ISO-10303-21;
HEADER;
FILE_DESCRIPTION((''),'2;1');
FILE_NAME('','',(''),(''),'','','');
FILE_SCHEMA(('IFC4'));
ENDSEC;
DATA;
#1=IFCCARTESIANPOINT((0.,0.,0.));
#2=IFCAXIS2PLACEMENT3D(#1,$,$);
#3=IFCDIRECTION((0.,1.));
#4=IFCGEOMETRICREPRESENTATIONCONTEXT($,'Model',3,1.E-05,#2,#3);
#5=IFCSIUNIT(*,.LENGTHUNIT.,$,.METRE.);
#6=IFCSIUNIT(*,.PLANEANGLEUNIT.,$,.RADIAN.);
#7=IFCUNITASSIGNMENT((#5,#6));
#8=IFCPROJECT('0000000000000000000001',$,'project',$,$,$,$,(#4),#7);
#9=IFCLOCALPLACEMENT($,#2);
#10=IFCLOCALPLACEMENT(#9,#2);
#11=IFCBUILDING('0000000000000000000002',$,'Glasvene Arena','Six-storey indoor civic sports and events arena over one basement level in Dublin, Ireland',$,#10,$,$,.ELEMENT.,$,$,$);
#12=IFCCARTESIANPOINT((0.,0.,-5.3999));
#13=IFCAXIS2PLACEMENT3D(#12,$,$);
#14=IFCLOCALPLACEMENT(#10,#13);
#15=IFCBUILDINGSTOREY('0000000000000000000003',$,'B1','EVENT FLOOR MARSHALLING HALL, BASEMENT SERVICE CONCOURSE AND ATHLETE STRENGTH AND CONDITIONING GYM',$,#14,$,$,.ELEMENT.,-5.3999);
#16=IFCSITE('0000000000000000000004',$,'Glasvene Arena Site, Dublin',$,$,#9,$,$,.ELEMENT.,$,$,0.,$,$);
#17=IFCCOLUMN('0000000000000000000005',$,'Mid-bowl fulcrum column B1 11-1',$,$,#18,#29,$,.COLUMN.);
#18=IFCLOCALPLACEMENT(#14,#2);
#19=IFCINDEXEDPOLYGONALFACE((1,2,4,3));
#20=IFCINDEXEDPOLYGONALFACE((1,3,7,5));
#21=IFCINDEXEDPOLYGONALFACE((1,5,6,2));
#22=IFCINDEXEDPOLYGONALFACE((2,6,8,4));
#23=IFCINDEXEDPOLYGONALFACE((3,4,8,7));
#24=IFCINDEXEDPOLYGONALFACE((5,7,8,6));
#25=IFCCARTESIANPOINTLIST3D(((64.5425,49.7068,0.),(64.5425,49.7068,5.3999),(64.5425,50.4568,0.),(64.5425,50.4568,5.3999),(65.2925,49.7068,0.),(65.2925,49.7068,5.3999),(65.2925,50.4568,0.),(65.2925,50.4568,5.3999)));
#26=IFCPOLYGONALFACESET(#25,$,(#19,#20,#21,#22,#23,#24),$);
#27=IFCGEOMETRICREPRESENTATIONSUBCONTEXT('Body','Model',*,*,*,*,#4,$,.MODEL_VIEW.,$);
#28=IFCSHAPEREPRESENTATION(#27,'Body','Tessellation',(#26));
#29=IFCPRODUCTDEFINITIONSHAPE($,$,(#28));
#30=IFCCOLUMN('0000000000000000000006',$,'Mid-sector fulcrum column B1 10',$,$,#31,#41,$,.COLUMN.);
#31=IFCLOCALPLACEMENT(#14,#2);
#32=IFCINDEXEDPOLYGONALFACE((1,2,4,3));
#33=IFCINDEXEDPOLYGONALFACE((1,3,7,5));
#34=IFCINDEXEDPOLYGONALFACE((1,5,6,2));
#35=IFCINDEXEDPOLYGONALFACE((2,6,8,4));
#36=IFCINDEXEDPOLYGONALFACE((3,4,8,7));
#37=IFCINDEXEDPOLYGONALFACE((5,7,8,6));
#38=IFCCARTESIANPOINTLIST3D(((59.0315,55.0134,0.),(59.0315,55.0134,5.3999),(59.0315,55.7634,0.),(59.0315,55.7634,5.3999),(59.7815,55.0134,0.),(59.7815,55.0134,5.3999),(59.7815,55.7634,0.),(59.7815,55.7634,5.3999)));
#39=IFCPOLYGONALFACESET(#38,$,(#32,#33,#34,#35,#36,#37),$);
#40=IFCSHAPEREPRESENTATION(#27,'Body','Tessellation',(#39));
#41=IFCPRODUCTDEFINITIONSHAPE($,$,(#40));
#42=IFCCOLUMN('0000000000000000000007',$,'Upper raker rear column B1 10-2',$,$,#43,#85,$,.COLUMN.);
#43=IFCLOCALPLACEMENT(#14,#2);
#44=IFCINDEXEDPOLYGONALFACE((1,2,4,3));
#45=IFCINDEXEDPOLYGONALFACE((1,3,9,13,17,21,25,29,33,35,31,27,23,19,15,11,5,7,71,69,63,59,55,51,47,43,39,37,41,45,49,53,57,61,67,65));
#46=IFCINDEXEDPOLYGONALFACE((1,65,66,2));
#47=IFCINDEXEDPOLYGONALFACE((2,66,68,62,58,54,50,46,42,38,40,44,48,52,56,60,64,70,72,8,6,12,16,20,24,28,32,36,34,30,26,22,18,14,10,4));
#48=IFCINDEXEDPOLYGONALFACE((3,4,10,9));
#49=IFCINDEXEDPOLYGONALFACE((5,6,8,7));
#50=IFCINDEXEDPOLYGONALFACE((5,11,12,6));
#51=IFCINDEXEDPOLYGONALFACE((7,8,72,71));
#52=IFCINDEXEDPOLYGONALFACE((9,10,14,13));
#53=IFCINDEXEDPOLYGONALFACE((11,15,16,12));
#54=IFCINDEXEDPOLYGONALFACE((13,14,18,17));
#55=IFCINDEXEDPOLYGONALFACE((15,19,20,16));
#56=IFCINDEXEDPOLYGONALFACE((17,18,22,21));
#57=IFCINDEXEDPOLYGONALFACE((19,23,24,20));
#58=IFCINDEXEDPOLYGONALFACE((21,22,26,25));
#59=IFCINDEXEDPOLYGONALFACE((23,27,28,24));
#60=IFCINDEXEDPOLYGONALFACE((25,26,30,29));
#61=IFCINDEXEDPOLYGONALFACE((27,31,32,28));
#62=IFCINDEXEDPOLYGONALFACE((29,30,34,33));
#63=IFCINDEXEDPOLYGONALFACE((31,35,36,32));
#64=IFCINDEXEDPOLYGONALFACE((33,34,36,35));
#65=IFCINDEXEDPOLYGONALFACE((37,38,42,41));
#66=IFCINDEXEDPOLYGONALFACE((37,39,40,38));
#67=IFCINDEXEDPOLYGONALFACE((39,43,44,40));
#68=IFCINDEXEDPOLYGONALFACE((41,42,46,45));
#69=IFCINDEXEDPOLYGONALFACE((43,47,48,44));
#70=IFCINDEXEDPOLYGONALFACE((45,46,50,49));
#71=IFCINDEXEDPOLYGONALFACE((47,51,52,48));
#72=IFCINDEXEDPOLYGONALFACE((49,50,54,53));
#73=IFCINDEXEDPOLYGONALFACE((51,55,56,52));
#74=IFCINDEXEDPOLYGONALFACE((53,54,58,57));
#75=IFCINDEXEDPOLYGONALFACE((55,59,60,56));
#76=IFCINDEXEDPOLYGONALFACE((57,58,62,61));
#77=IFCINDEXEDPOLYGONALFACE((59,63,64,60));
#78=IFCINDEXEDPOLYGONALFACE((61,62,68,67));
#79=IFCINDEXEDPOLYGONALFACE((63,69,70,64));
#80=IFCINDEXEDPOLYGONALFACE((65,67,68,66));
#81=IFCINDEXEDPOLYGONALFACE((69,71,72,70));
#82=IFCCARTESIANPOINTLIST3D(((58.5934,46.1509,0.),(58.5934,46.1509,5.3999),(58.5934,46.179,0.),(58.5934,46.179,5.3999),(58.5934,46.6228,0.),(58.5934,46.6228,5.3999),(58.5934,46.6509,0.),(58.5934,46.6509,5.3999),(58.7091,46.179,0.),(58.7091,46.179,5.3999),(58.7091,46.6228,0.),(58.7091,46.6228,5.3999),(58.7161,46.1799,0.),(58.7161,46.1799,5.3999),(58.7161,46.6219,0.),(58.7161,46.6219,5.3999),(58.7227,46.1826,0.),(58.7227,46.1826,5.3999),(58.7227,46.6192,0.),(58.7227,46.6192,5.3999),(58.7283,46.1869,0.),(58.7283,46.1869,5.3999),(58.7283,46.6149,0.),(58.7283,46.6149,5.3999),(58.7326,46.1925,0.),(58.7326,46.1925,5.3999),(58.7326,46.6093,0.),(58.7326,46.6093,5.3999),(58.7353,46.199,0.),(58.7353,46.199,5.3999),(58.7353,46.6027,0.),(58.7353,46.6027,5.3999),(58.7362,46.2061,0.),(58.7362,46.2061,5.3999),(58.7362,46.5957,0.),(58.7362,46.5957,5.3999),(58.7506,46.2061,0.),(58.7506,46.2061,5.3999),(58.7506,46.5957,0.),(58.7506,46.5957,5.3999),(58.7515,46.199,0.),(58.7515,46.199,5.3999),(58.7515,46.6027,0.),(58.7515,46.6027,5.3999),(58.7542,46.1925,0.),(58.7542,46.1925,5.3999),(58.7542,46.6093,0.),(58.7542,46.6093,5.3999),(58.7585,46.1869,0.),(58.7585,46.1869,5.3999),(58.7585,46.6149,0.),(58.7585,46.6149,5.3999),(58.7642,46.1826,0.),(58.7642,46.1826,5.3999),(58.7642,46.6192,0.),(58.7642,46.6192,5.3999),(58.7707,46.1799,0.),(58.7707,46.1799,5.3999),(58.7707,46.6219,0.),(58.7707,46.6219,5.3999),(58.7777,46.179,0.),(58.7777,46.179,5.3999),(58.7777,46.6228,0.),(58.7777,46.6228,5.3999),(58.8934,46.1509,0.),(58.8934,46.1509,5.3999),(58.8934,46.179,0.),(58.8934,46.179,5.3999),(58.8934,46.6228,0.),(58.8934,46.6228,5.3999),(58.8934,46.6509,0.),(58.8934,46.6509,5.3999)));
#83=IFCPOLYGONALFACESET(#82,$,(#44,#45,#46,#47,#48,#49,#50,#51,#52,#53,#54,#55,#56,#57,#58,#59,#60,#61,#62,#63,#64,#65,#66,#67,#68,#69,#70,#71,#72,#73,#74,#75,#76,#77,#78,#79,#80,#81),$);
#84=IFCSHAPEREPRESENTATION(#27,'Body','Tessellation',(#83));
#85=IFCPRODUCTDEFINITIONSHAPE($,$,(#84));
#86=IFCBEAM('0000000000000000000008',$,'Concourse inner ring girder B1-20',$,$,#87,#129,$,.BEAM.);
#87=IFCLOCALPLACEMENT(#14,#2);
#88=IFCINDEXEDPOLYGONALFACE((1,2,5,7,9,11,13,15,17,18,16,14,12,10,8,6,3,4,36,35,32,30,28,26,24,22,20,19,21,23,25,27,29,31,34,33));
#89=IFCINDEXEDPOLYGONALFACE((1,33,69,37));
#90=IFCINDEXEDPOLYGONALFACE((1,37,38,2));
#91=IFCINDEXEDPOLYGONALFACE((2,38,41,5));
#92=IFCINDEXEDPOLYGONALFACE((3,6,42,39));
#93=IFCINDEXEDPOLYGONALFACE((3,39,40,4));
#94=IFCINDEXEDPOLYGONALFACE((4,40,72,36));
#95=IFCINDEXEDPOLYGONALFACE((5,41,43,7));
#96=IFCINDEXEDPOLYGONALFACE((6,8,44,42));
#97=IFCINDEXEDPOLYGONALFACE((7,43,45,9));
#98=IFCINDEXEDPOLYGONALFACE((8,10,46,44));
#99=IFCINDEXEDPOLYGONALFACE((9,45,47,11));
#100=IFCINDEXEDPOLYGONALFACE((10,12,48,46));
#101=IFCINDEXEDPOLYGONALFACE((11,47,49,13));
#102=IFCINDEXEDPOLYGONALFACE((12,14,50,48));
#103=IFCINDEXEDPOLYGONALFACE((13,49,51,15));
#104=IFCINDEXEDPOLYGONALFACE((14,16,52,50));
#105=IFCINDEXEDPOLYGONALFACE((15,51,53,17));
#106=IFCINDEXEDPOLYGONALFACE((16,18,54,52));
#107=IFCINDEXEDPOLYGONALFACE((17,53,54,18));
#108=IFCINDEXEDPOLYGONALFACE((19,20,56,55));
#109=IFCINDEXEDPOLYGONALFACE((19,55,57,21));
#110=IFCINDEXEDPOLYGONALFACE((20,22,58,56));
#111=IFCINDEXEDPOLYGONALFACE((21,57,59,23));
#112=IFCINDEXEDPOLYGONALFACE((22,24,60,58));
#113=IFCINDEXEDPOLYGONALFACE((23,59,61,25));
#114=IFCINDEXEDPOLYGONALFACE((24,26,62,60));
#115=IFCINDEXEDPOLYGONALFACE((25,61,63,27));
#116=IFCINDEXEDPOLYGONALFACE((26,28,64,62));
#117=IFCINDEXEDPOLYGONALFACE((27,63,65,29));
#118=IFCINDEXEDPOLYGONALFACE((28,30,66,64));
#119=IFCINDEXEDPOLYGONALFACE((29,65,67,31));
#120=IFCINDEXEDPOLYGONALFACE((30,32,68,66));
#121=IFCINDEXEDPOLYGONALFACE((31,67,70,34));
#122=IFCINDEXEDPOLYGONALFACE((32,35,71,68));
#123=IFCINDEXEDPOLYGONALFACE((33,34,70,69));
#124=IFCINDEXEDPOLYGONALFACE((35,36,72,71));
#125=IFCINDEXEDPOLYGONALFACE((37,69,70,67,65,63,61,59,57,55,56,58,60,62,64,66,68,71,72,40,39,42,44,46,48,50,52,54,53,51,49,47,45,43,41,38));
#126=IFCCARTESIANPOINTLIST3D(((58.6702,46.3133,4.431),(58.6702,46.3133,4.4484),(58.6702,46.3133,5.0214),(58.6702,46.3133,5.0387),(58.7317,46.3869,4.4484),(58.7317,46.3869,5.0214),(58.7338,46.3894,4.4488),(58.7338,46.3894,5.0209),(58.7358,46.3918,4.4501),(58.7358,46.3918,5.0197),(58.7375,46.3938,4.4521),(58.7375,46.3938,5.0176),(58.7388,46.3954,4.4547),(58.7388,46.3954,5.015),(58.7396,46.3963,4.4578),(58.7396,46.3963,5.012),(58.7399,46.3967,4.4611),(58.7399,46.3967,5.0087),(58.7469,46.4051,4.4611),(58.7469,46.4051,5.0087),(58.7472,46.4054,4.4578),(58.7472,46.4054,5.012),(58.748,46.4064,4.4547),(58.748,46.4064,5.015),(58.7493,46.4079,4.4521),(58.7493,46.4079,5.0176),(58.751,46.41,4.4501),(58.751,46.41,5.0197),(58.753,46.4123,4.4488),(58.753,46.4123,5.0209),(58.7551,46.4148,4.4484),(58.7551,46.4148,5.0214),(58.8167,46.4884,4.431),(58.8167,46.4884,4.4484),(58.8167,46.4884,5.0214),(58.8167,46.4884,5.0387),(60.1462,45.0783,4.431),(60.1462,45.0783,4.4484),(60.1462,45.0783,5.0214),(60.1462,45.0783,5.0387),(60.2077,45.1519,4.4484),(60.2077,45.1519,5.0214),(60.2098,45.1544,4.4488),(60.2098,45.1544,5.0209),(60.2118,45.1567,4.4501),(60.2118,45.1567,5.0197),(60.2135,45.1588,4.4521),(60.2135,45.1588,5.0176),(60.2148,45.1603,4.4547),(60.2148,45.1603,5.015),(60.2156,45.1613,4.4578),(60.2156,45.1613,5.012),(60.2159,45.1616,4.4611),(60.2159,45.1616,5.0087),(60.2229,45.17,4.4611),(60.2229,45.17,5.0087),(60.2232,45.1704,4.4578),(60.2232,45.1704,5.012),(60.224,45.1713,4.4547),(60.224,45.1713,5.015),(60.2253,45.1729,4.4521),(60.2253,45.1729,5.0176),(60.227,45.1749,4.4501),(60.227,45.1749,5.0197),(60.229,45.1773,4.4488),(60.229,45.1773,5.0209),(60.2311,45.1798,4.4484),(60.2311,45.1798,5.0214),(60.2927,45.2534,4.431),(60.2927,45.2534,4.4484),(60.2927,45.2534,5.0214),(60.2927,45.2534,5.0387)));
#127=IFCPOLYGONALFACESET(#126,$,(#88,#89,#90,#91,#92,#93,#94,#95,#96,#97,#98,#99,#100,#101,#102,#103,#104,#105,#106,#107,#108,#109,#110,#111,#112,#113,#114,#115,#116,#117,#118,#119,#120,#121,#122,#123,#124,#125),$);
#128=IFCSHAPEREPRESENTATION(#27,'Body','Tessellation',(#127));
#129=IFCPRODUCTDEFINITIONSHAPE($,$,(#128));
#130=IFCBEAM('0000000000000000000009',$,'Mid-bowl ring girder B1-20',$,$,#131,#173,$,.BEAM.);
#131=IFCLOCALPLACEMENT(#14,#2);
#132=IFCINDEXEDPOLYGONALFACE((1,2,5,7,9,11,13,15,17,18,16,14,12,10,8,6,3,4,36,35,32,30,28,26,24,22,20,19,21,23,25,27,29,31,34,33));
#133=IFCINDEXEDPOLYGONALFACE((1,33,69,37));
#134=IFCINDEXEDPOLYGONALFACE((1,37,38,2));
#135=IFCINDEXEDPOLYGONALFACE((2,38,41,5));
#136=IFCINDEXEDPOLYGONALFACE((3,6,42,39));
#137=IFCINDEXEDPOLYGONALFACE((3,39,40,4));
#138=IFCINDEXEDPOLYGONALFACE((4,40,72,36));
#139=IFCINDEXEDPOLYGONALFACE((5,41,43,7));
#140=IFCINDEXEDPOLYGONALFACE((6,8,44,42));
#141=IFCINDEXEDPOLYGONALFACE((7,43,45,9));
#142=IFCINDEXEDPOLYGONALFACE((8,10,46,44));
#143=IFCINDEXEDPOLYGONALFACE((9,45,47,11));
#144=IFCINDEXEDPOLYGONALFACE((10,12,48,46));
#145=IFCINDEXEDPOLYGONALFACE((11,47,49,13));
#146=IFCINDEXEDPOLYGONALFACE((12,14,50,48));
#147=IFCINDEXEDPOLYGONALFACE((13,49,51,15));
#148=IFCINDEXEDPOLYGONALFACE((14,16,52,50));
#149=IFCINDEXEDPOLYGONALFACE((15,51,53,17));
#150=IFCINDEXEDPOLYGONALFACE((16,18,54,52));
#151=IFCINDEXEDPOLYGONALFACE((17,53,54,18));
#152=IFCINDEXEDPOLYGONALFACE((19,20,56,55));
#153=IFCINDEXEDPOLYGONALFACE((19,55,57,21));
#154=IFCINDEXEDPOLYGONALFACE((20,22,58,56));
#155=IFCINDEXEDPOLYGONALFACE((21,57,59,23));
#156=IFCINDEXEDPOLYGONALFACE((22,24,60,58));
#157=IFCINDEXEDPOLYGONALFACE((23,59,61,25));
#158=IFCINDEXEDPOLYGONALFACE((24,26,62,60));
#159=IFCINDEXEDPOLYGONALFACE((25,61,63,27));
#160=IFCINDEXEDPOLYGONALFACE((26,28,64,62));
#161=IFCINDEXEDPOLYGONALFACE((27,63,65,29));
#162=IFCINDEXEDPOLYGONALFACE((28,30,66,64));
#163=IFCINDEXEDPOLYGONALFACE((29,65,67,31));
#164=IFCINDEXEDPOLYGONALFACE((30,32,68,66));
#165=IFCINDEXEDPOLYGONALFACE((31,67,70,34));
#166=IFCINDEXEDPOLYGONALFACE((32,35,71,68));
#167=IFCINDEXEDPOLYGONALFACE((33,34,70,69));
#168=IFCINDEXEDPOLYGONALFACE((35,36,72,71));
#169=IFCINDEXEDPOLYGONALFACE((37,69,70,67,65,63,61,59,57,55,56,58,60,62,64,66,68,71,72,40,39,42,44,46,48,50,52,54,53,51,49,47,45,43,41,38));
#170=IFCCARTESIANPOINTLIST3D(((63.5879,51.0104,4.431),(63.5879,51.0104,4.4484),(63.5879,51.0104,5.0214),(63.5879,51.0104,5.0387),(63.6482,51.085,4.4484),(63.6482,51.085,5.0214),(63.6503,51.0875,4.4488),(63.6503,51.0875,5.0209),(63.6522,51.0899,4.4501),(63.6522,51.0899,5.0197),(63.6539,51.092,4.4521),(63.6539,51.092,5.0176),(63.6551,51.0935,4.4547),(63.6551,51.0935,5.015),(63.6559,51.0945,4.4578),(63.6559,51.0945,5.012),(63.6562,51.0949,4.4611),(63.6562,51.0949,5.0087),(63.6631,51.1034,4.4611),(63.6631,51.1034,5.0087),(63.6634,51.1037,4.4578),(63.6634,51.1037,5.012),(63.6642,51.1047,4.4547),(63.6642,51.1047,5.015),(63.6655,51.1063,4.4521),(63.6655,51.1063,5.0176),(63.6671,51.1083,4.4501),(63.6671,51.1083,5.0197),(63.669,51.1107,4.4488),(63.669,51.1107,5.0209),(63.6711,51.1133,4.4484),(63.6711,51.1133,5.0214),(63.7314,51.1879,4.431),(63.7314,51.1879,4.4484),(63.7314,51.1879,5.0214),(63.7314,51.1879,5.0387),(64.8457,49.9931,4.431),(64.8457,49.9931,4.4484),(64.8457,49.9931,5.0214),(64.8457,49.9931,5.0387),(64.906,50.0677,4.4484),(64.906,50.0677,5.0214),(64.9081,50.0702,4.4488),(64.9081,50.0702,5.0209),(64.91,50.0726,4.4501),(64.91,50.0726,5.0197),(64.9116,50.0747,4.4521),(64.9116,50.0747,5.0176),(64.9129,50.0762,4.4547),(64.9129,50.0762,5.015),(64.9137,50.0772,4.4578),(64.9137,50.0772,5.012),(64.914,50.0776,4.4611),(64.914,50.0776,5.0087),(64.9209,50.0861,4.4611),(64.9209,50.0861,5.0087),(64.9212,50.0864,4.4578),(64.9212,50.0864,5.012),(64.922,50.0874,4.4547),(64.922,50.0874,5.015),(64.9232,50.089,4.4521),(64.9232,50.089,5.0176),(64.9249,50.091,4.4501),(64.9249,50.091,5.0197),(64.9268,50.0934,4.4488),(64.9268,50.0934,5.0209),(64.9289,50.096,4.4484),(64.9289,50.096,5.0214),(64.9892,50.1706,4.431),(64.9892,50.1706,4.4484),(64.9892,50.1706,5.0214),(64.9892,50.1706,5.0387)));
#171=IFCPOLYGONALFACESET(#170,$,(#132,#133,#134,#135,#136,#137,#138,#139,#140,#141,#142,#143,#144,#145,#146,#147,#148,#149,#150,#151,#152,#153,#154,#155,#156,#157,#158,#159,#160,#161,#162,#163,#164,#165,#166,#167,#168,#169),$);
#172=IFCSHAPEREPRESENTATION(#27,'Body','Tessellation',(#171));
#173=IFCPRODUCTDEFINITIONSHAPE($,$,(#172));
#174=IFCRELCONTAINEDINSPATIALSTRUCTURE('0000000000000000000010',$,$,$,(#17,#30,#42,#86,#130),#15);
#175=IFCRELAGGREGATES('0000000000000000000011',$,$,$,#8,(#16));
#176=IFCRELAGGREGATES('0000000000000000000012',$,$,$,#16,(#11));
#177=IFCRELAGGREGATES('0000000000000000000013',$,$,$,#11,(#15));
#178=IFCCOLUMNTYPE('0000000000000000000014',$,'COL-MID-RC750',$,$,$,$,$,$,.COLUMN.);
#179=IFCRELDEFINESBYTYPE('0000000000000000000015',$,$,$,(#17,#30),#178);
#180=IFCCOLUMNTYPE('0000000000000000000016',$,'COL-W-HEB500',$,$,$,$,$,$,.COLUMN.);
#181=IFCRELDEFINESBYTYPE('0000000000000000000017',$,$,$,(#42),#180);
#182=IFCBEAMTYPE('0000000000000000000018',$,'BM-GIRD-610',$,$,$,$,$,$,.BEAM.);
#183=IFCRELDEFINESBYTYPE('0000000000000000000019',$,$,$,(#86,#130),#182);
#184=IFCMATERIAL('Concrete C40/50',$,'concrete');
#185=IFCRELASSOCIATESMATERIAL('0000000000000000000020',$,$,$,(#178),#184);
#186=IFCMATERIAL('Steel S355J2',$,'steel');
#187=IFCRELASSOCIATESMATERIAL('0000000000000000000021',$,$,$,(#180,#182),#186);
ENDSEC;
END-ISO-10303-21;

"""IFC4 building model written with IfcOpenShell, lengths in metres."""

from ifc_helpers import new_model, si_unit, direction, frame, origin, origin_2d, place, context, subcontext, project, spatial, rectangle, i_section, extrude, material, material_profile, profile_set, type_object, element, save


model = new_model("IFC4")

# Units and contexts
model_context = context("Model", 3, precision=1e-05, world=origin(), true_north=direction((0.0, 1.0)))
body_context = subcontext(model_context, "Body", "Model", "MODEL_VIEW")
ifc_project = project(units=[si_unit("LENGTHUNIT", "METRE"), si_unit("PLANEANGLEUNIT", "RADIAN")], contexts=[model_context])

# Site, building, storey
site_placement = place(None, origin())
site = spatial("IfcSite", under=ifc_project, at=site_placement, Name="Glasvene Arena Site, Dublin", CompositionType="ELEMENT", RefElevation=0.0)
building_placement = place(site_placement, origin())
building = spatial("IfcBuilding", under=site, at=building_placement, Name="Glasvene Arena", Description="Six-storey indoor civic sports and events arena over one basement level in Dublin, Ireland", CompositionType="ELEMENT")
storey_placement = place(building_placement, frame((0.0, 0.0, -5.3999)))
storey = spatial("IfcBuildingStorey", under=building, at=storey_placement, Name="B1", Description="EVENT FLOOR MARSHALLING HALL, BASEMENT SERVICE CONCOURSE AND ATHLETE STRENGTH AND CONDITIONING GYM", CompositionType="ELEMENT", Elevation=-5.3999)

# Shared definitions
ifc_material_1 = material(Name="Concrete C40/50", Category="concrete")

# Columns
ifc_material_profile_1 = material_profile(ifc_material_1, rectangle(XDim=0.75, YDim=0.75, at=origin_2d()), Name="RC 750x750")
ifc_profile_set_1 = profile_set([ifc_material_profile_1], Name="Concrete C40/50")
column_type_1 = type_object("IfcColumnType", Name="COL-MID-RC750", PredefinedType="COLUMN", material=ifc_profile_set_1)
for number, where, z_axis, x_axis, name in (
    (1, (64.9175, 50.0818, 0.0), (0.0, 0.0, 1.0), (1.0, 0.0, 0.0), "Mid-bowl fulcrum column B1 11-1"),
    (2, (59.4065, 55.3884, 0.0), (0.0, 0.0, 1.0), (1.0, 0.0, 0.0), "Mid-sector fulcrum column B1 10"),
):
    element("IfcColumn", number, at=place(storey_placement, frame(where, z_axis=z_axis, x_axis=x_axis)), inside=storey, type_object=column_type_1, Name=name, PredefinedType="COLUMN", context=body_context, shape_type="SweptSolid", body=[
        extrude(rectangle(XDim=0.75, YDim=0.75, at=origin_2d()), origin(), (0.0, 0.0, 1.0), 5.3999),
    ])
ifc_material_2 = material(Name="Steel S355J2", Category="steel")
ifc_material_profile_2 = material_profile(ifc_material_2, i_section(OverallWidth=0.3, OverallDepth=0.5, WebThickness=0.0144, FlangeThickness=0.0281, FilletRadius=0.0271, at=origin_2d()), Name="HEB 500")
ifc_profile_set_2 = profile_set([ifc_material_profile_2], Name="Steel S355J2")
column_type_2 = type_object("IfcColumnType", Name="COL-W-HEB500", PredefinedType="COLUMN", material=ifc_profile_set_2)
column_placement = place(storey_placement, frame((58.7434, 46.4009, 0.0), z_axis=(0.0, 0.0, 1.0), x_axis=(1.0, 0.0, 0.0)))
element("IfcColumn", 3, at=column_placement, inside=storey, type_object=column_type_2, Name="Upper raker rear column B1 10-2", PredefinedType="COLUMN", context=body_context, shape_type="SweptSolid", body=[
    extrude(i_section(OverallWidth=0.3, OverallDepth=0.5, WebThickness=0.0144, FlangeThickness=0.0281, FilletRadius=0.0271, at=origin_2d()), origin(), (0.0, 0.0, 1.0), 5.3999),
])

# Beams
ifc_material_profile_3 = material_profile(ifc_material_2, i_section(OverallWidth=0.2283, OverallDepth=0.6077, WebThickness=0.011, FlangeThickness=0.0173, FilletRadius=0.0127, at=origin_2d()), Name="UKB 610x229x113")
ifc_profile_set_3 = profile_set([ifc_material_profile_3], Name="Steel S355J2")
beam_type_1 = type_object("IfcBeamType", Name="BM-GIRD-610", PredefinedType="BEAM", material=ifc_profile_set_3)
beam_1_placement = place(storey_placement, frame((58.7434, 46.4009, 4.7349), z_axis=(0.76693, -0.64173, 0.0), x_axis=(0.64173, 0.76693, 0.0)))
element("IfcBeam", 4, at=beam_1_placement, inside=storey, type_object=beam_type_1, Name="Concourse inner ring girder B1-20", PredefinedType="BEAM", context=body_context, shape_type="SweptSolid", body=[
    extrude(i_section(OverallWidth=0.2283, OverallDepth=0.6077, WebThickness=0.011, FlangeThickness=0.0173, FilletRadius=0.0127, at=origin_2d()), origin(), (0.0, 0.0, 1.0), 1.9246),
])
beam_2_placement = place(storey_placement, frame((63.6597, 51.0991, 4.7349), z_axis=(0.777515, -0.628864, 0.0), x_axis=(0.628864, 0.777515, 0.0)))
element("IfcBeam", 5, at=beam_2_placement, inside=storey, type_object=beam_type_1, Name="Mid-bowl ring girder B1-20", PredefinedType="BEAM", context=body_context, shape_type="SweptSolid", body=[
    extrude(i_section(OverallWidth=0.2283, OverallDepth=0.6077, WebThickness=0.011, FlangeThickness=0.0173, FilletRadius=0.0127, at=origin_2d()), origin(), (0.0, 0.0, 1.0), 1.6177),
])

save(model, "model.ifc")
